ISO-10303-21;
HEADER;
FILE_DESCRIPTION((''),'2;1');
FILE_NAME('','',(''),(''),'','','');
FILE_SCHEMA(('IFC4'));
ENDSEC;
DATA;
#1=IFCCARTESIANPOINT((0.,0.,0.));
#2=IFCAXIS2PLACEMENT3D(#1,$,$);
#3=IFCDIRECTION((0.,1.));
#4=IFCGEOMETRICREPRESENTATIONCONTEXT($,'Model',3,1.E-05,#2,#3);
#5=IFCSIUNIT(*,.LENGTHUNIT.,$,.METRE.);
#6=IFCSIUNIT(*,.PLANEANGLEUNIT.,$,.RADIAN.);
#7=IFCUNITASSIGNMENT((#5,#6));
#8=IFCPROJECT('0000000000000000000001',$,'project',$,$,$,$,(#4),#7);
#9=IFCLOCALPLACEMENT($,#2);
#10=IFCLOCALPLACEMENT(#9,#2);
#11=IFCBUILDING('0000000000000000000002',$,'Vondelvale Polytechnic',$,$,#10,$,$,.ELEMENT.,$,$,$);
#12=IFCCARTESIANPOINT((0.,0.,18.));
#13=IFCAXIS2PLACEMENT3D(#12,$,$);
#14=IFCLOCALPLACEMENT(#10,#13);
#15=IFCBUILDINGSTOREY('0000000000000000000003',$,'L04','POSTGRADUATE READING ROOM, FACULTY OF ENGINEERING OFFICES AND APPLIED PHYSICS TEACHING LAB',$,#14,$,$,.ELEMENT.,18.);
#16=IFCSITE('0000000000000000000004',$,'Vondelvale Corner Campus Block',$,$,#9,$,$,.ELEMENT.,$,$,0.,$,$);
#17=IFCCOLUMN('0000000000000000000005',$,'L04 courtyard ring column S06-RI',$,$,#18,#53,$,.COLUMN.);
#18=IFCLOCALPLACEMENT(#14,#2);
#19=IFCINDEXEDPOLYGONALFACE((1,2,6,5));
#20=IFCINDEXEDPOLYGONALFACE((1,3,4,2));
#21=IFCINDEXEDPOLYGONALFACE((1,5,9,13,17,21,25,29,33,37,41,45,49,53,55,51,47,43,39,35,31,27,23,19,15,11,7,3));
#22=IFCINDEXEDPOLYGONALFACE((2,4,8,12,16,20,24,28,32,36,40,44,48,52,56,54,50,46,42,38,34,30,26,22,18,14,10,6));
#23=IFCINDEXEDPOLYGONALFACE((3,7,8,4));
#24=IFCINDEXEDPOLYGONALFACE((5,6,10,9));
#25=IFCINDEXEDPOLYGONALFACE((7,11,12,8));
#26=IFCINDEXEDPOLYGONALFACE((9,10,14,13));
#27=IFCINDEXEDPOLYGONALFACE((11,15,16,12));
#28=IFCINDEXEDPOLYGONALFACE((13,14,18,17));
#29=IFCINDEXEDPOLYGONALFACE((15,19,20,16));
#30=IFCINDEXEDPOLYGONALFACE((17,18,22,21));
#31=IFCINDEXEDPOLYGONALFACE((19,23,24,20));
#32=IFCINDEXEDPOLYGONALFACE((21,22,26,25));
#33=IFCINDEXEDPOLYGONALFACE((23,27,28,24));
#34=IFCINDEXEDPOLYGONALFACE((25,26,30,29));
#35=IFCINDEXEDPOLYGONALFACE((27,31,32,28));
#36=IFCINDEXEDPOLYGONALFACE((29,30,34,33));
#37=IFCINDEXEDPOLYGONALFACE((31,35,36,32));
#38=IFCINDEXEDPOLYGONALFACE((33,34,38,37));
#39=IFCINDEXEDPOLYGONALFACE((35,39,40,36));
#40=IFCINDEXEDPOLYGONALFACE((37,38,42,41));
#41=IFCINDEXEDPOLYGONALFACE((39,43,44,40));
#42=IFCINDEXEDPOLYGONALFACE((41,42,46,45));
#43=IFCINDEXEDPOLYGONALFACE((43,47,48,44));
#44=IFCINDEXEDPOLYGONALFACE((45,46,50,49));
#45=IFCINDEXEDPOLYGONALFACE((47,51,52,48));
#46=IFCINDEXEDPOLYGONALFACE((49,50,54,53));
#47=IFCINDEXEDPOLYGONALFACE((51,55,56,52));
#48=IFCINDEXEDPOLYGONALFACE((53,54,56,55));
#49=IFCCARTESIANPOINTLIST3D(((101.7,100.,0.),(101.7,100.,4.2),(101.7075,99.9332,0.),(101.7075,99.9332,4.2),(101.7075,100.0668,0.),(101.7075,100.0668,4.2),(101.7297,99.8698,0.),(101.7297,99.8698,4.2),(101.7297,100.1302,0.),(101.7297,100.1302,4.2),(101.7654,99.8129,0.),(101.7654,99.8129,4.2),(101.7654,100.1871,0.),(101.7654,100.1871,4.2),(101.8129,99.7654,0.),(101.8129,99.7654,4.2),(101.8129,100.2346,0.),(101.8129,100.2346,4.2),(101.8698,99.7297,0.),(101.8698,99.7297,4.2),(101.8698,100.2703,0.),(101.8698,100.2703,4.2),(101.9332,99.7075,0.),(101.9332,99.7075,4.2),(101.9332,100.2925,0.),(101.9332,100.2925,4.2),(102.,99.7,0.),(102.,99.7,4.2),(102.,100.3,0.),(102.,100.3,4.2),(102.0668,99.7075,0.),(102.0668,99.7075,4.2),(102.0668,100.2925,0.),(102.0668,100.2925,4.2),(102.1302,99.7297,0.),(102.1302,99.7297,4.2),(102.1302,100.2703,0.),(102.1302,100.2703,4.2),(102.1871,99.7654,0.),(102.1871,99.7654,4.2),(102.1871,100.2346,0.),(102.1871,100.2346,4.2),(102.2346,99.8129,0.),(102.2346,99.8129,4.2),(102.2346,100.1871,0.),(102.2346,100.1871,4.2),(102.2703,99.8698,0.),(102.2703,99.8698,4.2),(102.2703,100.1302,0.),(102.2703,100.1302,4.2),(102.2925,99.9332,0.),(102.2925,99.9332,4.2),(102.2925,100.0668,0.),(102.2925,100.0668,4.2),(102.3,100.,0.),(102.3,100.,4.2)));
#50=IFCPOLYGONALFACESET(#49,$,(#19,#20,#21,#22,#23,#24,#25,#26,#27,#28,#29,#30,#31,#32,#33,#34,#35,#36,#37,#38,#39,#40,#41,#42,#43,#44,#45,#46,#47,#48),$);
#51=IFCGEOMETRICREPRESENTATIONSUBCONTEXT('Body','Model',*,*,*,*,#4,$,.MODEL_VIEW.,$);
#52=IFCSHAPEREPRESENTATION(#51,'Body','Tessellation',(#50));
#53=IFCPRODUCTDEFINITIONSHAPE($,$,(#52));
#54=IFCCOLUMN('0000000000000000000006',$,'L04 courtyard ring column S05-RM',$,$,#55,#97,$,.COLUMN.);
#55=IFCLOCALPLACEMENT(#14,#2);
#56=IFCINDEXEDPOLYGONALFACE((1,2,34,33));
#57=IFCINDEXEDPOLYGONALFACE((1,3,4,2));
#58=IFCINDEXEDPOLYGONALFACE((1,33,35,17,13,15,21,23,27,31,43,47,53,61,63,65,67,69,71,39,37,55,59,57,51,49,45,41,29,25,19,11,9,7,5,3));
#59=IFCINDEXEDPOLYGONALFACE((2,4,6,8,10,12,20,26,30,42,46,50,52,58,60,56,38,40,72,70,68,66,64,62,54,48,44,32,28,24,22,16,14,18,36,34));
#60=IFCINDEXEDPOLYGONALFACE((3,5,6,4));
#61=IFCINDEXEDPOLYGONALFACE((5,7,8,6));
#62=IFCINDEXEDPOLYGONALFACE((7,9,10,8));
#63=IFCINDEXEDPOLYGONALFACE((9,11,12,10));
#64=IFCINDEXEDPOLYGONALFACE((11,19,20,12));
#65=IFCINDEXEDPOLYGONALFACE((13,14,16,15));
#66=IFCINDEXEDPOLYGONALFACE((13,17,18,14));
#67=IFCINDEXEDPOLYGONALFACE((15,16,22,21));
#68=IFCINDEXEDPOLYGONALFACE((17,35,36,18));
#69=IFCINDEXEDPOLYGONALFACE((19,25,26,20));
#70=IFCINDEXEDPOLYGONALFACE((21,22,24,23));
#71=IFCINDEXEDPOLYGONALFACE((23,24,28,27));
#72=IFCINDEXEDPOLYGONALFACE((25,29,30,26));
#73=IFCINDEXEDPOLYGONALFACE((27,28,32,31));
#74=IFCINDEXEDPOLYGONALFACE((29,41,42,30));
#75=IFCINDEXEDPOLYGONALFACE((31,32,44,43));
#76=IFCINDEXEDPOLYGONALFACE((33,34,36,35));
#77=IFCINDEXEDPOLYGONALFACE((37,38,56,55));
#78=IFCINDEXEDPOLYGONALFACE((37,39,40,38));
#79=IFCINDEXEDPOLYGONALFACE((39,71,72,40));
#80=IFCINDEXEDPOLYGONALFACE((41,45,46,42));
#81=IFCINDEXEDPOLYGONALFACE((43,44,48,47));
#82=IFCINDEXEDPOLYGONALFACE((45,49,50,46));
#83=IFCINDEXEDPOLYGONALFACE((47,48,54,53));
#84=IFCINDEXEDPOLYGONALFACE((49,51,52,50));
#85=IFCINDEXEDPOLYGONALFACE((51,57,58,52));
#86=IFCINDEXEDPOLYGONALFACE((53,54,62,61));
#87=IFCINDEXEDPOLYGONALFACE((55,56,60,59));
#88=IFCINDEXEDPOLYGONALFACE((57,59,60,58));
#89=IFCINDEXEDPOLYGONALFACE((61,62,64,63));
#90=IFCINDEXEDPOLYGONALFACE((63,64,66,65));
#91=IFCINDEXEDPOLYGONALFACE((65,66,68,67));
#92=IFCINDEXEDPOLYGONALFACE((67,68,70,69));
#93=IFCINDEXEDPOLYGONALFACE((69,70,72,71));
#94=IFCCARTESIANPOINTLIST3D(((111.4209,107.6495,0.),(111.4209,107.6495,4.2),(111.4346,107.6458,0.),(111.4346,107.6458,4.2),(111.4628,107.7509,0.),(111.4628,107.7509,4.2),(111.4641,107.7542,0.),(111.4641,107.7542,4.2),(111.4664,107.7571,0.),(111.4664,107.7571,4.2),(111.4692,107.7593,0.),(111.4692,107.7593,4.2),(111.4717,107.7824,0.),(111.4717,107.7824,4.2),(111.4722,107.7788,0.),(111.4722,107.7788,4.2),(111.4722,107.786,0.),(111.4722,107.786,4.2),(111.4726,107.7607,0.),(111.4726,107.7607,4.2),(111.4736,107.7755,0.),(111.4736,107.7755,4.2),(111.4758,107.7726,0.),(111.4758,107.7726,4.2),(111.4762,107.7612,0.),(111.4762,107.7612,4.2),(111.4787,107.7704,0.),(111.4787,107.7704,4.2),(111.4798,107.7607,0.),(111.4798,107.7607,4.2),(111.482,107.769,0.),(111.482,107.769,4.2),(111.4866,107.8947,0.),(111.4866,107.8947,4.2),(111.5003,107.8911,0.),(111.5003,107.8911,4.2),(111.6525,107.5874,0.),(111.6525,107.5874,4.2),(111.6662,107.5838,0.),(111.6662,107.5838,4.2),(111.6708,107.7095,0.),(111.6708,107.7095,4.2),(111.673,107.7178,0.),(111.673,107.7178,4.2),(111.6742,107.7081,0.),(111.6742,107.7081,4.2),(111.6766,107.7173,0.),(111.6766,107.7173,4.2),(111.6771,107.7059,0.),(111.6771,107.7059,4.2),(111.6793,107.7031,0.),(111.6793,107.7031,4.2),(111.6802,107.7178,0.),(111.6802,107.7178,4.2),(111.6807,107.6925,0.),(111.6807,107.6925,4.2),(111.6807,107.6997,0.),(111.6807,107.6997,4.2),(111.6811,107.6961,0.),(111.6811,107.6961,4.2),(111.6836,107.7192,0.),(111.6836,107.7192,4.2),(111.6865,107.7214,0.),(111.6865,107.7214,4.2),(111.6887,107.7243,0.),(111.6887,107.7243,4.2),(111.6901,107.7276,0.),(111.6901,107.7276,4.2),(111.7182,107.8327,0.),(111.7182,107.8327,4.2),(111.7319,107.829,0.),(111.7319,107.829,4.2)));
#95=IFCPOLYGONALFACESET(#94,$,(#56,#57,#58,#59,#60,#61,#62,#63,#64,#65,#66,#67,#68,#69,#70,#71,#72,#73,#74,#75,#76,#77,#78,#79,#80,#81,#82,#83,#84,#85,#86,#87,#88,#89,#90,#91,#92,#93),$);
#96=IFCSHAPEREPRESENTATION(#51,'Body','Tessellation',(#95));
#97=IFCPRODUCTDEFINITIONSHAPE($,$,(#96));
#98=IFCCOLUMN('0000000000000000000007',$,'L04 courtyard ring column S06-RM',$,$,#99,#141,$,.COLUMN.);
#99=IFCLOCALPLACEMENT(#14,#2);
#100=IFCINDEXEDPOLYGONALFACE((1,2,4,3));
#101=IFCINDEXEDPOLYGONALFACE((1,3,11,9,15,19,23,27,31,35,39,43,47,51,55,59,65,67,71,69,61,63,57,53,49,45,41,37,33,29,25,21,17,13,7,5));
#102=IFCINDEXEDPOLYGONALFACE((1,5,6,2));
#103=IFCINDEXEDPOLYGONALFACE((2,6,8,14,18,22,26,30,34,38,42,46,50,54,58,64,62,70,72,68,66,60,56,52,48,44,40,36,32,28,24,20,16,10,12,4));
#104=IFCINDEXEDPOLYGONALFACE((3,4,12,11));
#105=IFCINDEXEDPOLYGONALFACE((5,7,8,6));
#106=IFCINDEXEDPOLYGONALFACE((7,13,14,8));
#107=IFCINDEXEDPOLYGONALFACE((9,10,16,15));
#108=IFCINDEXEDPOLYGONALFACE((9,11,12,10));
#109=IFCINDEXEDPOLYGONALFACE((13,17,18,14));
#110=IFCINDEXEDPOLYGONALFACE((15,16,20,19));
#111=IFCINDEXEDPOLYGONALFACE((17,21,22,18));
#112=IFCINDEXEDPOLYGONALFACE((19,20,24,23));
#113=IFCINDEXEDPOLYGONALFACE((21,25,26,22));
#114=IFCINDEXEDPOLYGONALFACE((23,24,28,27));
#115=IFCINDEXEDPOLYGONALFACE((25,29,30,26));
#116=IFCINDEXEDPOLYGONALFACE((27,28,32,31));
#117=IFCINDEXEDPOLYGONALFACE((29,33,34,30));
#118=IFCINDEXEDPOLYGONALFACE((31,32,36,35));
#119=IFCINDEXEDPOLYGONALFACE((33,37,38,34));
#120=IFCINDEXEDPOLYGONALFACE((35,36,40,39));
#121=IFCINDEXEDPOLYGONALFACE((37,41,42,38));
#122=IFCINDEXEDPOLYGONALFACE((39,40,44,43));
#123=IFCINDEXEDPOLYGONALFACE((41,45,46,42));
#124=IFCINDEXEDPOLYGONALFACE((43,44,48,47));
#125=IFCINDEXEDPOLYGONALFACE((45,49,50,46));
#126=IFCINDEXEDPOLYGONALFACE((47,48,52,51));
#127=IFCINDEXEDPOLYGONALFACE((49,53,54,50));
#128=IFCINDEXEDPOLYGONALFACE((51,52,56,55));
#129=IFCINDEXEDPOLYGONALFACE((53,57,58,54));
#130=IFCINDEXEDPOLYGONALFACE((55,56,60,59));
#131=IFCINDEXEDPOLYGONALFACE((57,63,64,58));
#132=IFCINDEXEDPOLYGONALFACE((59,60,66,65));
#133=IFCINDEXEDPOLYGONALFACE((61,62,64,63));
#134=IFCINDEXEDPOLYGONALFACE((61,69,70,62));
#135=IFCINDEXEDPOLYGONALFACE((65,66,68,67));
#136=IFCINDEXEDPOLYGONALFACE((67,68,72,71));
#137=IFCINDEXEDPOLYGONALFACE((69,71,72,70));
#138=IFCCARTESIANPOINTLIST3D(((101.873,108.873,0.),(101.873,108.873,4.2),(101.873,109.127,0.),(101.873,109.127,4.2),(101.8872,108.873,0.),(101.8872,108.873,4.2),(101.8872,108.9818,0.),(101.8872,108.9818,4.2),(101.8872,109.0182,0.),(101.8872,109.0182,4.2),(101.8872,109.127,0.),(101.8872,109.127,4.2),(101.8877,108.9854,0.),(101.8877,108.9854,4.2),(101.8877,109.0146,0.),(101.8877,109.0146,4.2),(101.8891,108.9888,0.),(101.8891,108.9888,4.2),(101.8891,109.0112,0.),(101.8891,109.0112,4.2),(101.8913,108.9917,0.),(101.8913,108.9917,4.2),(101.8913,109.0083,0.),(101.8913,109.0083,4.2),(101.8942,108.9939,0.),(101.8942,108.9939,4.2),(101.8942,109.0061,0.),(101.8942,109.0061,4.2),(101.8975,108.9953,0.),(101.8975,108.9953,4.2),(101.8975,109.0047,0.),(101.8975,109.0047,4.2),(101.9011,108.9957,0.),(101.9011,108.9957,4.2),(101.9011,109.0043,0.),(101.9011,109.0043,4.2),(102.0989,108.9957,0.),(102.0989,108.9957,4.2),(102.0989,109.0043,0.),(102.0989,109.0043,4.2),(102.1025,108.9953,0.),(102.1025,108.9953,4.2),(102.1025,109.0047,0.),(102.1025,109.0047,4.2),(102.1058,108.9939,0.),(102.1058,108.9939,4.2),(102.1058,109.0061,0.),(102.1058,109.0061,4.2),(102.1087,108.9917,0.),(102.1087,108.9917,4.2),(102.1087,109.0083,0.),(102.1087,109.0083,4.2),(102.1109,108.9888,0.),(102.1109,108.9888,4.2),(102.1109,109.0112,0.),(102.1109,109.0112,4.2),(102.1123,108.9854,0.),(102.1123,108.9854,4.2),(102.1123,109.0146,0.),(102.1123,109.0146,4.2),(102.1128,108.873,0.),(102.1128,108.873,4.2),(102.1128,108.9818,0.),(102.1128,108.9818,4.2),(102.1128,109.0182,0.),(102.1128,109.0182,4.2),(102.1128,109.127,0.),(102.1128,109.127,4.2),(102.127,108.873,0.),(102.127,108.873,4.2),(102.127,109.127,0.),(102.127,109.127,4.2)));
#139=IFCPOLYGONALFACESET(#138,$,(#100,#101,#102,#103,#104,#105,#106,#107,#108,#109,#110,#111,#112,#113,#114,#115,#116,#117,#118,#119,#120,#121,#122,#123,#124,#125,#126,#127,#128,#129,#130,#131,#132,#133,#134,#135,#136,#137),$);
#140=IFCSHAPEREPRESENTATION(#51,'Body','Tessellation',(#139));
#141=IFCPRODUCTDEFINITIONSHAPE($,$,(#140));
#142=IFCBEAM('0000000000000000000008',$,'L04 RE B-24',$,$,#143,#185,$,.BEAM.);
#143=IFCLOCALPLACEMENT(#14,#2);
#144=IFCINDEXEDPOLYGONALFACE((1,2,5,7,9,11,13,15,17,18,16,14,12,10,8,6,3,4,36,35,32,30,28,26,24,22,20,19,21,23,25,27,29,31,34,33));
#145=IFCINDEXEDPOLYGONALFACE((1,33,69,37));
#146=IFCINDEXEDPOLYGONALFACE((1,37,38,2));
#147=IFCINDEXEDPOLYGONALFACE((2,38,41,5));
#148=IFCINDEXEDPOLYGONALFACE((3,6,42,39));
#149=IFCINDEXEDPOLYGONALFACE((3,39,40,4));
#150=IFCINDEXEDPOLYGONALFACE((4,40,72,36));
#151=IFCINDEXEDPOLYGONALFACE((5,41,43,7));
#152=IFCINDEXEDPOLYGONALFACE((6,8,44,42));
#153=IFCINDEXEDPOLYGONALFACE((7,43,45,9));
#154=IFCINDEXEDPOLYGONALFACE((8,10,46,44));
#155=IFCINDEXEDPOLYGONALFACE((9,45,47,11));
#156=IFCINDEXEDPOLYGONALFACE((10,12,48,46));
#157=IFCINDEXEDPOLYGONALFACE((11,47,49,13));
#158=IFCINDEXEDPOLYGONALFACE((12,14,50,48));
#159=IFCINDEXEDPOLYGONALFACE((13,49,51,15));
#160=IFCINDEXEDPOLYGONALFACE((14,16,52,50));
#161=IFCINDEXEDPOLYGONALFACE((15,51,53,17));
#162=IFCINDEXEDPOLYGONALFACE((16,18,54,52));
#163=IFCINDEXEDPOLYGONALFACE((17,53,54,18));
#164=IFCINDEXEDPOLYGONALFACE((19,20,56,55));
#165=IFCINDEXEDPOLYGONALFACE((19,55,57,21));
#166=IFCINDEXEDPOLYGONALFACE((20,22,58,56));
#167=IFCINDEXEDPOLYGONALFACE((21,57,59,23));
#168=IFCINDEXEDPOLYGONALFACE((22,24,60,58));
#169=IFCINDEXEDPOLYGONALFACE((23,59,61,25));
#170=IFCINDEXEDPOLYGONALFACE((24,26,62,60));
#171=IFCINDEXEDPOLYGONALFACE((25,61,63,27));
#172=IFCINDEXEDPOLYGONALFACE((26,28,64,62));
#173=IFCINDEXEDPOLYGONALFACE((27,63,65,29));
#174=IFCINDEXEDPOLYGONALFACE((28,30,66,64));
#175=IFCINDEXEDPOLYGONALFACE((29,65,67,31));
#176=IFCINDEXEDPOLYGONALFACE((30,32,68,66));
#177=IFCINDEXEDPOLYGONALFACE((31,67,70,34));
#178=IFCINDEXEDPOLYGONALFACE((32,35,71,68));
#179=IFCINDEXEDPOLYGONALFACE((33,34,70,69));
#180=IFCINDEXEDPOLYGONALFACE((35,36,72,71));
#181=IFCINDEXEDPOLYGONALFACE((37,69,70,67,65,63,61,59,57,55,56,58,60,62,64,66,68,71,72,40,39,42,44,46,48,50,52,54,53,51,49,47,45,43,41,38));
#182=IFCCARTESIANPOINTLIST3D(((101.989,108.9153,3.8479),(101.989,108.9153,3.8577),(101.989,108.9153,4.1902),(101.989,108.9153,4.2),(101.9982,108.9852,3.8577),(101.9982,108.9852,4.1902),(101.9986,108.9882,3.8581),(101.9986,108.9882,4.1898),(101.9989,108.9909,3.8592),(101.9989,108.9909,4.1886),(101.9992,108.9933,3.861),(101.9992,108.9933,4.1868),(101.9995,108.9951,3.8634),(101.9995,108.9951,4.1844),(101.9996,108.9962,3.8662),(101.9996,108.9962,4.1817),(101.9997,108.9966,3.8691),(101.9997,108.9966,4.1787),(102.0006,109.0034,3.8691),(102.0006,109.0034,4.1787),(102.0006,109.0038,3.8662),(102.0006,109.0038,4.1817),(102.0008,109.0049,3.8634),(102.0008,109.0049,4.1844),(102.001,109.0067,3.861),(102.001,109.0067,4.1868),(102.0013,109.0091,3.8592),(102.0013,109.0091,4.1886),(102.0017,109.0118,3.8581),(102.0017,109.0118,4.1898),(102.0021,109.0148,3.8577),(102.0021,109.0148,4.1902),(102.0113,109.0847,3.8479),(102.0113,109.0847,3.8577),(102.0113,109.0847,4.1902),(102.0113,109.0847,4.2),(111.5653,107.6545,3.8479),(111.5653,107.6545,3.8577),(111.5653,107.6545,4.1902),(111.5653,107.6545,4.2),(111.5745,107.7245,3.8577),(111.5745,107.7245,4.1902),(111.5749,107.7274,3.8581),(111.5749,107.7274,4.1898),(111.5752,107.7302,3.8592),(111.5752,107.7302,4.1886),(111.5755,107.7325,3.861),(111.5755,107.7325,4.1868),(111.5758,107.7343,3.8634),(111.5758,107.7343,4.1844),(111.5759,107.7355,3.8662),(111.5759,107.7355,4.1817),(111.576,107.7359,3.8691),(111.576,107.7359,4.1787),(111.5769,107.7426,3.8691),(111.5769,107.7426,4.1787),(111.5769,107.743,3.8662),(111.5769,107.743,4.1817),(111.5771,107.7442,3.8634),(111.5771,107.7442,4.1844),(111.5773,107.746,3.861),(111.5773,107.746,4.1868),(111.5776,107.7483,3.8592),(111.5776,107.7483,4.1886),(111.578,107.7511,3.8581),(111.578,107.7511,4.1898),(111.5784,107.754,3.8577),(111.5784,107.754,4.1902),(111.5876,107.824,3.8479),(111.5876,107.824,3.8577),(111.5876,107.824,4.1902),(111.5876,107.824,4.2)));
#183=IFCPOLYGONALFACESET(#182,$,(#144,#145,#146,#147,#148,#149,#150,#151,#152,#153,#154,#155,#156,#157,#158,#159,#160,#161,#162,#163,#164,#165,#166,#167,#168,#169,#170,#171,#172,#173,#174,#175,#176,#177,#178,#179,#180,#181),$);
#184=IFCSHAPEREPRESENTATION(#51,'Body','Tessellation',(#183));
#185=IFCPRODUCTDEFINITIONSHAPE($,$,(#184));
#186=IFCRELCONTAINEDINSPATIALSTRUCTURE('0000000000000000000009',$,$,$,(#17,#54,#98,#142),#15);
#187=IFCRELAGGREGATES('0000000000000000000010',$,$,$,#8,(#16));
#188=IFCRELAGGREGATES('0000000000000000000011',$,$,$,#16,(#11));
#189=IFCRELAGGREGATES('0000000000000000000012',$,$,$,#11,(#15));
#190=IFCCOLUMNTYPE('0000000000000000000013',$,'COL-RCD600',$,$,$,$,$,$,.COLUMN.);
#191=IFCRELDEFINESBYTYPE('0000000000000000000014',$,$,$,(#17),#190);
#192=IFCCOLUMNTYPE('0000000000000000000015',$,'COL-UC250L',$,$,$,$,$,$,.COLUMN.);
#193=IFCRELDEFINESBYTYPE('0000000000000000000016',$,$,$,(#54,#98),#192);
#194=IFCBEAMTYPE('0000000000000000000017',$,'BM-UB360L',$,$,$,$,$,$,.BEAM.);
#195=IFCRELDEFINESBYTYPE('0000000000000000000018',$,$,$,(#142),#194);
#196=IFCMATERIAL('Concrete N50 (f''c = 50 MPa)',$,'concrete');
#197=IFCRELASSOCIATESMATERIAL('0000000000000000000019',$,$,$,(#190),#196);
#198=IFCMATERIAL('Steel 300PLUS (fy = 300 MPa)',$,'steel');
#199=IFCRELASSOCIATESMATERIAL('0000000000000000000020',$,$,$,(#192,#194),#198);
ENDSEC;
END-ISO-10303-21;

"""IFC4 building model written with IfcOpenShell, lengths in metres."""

from ifc_helpers import new_model, si_unit, direction, frame, origin, origin_2d, place, context, subcontext, project, spatial, circle, i_section, extrude, material, material_profile, profile_set, type_object, element, save


model = new_model("IFC4")

# Units and contexts
model_context = context("Model", 3, precision=1e-05, world=origin(), true_north=direction((0.0, 1.0)))
body_context = subcontext(model_context, "Body", "Model", "MODEL_VIEW")
ifc_project = project(units=[si_unit("LENGTHUNIT", "METRE"), si_unit("PLANEANGLEUNIT", "RADIAN")], contexts=[model_context])

# Site, building, storey
site_placement = place(None, origin())
site = spatial("IfcSite", under=ifc_project, at=site_placement, Name="Vondelvale Corner Campus Block", CompositionType="ELEMENT", RefElevation=0.0)
building_placement = place(site_placement, origin())
building = spatial("IfcBuilding", under=site, at=building_placement, Name="Vondelvale Polytechnic", CompositionType="ELEMENT")
storey_placement = place(building_placement, frame((0.0, 0.0, 18.0)))
storey = spatial("IfcBuildingStorey", under=building, at=storey_placement, Name="L04", Description="POSTGRADUATE READING ROOM, FACULTY OF ENGINEERING OFFICES AND APPLIED PHYSICS TEACHING LAB", CompositionType="ELEMENT", Elevation=18.0)

# Columns
ifc_material_1 = material(Name="Concrete N50 (f'c = 50 MPa)", Category="concrete")
ifc_material_profile_1 = material_profile(ifc_material_1, circle(Radius=0.3, at=origin_2d()), Name="RC-COL-D600")
ifc_profile_set_1 = profile_set([ifc_material_profile_1], Name="Concrete N50 (f'c = 50 MPa)")
column_type_1 = type_object("IfcColumnType", Name="COL-RCD600", PredefinedType="COLUMN", material=ifc_profile_set_1)
column_placement = place(storey_placement, frame((102.0, 100.0, 0.0), z_axis=(0.0, 0.0, 1.0), x_axis=(0.0, 1.0, 0.0)))
element("IfcColumn", 1, at=column_placement, inside=storey, type_object=column_type_1, Name="L04 courtyard ring column S06-RI", PredefinedType="COLUMN", context=body_context, shape_type="SweptSolid", body=[
    extrude(circle(Radius=0.3, at=origin_2d()), origin(), (0.0, 0.0, 1.0), 4.2),
])
ifc_material_2 = material(Name="Steel 300PLUS (fy = 300 MPa)", Category="steel")
ifc_material_profile_2 = material_profile(ifc_material_2, i_section(OverallWidth=0.2539, OverallDepth=0.2539, WebThickness=0.0085, FlangeThickness=0.0142, FilletRadius=0.0139, at=origin_2d()), Name="250UC72.9")
ifc_profile_set_2 = profile_set([ifc_material_profile_2], Name="Steel 300PLUS (fy = 300 MPa)")
column_type_2 = type_object("IfcColumnType", Name="COL-UC250L", PredefinedType="COLUMN", material=ifc_profile_set_2)
for number, where, z_axis, x_axis, name in (
    (2, (111.5764, 107.7393, 0.0), (0.0, 0.0, 1.0), (0.258819, 0.965926, 0.0), "L04 courtyard ring column S05-RM"),
    (3, (102.0, 109.0, 0.0), (0.0, 0.0, 1.0), (0.0, 1.0, 0.0), "L04 courtyard ring column S06-RM"),
):
    element("IfcColumn", number, at=place(storey_placement, frame(where, z_axis=z_axis, x_axis=x_axis)), inside=storey, type_object=column_type_2, Name=name, PredefinedType="COLUMN", context=body_context, shape_type="SweptSolid", body=[
        extrude(i_section(OverallWidth=0.2539, OverallDepth=0.2539, WebThickness=0.0085, FlangeThickness=0.0142, FilletRadius=0.0139, at=origin_2d()), origin(), (0.0, 0.0, 1.0), 4.2),
    ])

# Beam
ifc_material_profile_3 = material_profile(ifc_material_2, i_section(OverallWidth=0.1709, OverallDepth=0.3521, WebThickness=0.0068, FlangeThickness=0.0098, FilletRadius=0.0115, at=origin_2d()), Name="360UB44.7")
ifc_profile_set_3 = profile_set([ifc_material_profile_3], Name="Steel 300PLUS (fy = 300 MPa)")
beam_type_1 = type_object("IfcBeamType", Name="BM-UB360L", PredefinedType="BEAM", material=ifc_profile_set_3)
beam_1_placement = place(storey_placement, frame((111.5764, 107.7393, 4.0239), z_axis=(-0.991445, 0.130524, 0.0), x_axis=(-0.130524, -0.991445, 0.0)))
element("IfcBeam", 4, at=beam_1_placement, inside=storey, type_object=beam_type_1, Name="L04 RE B-24", PredefinedType="BEAM", context=body_context, shape_type="SweptSolid", body=[
    extrude(i_section(OverallWidth=0.1709, OverallDepth=0.3521, WebThickness=0.0068, FlangeThickness=0.0098, FilletRadius=0.0115, at=origin_2d()), origin(), (0.0, 0.0, 1.0), 9.6589),
])

save(model, "model.ifc")
